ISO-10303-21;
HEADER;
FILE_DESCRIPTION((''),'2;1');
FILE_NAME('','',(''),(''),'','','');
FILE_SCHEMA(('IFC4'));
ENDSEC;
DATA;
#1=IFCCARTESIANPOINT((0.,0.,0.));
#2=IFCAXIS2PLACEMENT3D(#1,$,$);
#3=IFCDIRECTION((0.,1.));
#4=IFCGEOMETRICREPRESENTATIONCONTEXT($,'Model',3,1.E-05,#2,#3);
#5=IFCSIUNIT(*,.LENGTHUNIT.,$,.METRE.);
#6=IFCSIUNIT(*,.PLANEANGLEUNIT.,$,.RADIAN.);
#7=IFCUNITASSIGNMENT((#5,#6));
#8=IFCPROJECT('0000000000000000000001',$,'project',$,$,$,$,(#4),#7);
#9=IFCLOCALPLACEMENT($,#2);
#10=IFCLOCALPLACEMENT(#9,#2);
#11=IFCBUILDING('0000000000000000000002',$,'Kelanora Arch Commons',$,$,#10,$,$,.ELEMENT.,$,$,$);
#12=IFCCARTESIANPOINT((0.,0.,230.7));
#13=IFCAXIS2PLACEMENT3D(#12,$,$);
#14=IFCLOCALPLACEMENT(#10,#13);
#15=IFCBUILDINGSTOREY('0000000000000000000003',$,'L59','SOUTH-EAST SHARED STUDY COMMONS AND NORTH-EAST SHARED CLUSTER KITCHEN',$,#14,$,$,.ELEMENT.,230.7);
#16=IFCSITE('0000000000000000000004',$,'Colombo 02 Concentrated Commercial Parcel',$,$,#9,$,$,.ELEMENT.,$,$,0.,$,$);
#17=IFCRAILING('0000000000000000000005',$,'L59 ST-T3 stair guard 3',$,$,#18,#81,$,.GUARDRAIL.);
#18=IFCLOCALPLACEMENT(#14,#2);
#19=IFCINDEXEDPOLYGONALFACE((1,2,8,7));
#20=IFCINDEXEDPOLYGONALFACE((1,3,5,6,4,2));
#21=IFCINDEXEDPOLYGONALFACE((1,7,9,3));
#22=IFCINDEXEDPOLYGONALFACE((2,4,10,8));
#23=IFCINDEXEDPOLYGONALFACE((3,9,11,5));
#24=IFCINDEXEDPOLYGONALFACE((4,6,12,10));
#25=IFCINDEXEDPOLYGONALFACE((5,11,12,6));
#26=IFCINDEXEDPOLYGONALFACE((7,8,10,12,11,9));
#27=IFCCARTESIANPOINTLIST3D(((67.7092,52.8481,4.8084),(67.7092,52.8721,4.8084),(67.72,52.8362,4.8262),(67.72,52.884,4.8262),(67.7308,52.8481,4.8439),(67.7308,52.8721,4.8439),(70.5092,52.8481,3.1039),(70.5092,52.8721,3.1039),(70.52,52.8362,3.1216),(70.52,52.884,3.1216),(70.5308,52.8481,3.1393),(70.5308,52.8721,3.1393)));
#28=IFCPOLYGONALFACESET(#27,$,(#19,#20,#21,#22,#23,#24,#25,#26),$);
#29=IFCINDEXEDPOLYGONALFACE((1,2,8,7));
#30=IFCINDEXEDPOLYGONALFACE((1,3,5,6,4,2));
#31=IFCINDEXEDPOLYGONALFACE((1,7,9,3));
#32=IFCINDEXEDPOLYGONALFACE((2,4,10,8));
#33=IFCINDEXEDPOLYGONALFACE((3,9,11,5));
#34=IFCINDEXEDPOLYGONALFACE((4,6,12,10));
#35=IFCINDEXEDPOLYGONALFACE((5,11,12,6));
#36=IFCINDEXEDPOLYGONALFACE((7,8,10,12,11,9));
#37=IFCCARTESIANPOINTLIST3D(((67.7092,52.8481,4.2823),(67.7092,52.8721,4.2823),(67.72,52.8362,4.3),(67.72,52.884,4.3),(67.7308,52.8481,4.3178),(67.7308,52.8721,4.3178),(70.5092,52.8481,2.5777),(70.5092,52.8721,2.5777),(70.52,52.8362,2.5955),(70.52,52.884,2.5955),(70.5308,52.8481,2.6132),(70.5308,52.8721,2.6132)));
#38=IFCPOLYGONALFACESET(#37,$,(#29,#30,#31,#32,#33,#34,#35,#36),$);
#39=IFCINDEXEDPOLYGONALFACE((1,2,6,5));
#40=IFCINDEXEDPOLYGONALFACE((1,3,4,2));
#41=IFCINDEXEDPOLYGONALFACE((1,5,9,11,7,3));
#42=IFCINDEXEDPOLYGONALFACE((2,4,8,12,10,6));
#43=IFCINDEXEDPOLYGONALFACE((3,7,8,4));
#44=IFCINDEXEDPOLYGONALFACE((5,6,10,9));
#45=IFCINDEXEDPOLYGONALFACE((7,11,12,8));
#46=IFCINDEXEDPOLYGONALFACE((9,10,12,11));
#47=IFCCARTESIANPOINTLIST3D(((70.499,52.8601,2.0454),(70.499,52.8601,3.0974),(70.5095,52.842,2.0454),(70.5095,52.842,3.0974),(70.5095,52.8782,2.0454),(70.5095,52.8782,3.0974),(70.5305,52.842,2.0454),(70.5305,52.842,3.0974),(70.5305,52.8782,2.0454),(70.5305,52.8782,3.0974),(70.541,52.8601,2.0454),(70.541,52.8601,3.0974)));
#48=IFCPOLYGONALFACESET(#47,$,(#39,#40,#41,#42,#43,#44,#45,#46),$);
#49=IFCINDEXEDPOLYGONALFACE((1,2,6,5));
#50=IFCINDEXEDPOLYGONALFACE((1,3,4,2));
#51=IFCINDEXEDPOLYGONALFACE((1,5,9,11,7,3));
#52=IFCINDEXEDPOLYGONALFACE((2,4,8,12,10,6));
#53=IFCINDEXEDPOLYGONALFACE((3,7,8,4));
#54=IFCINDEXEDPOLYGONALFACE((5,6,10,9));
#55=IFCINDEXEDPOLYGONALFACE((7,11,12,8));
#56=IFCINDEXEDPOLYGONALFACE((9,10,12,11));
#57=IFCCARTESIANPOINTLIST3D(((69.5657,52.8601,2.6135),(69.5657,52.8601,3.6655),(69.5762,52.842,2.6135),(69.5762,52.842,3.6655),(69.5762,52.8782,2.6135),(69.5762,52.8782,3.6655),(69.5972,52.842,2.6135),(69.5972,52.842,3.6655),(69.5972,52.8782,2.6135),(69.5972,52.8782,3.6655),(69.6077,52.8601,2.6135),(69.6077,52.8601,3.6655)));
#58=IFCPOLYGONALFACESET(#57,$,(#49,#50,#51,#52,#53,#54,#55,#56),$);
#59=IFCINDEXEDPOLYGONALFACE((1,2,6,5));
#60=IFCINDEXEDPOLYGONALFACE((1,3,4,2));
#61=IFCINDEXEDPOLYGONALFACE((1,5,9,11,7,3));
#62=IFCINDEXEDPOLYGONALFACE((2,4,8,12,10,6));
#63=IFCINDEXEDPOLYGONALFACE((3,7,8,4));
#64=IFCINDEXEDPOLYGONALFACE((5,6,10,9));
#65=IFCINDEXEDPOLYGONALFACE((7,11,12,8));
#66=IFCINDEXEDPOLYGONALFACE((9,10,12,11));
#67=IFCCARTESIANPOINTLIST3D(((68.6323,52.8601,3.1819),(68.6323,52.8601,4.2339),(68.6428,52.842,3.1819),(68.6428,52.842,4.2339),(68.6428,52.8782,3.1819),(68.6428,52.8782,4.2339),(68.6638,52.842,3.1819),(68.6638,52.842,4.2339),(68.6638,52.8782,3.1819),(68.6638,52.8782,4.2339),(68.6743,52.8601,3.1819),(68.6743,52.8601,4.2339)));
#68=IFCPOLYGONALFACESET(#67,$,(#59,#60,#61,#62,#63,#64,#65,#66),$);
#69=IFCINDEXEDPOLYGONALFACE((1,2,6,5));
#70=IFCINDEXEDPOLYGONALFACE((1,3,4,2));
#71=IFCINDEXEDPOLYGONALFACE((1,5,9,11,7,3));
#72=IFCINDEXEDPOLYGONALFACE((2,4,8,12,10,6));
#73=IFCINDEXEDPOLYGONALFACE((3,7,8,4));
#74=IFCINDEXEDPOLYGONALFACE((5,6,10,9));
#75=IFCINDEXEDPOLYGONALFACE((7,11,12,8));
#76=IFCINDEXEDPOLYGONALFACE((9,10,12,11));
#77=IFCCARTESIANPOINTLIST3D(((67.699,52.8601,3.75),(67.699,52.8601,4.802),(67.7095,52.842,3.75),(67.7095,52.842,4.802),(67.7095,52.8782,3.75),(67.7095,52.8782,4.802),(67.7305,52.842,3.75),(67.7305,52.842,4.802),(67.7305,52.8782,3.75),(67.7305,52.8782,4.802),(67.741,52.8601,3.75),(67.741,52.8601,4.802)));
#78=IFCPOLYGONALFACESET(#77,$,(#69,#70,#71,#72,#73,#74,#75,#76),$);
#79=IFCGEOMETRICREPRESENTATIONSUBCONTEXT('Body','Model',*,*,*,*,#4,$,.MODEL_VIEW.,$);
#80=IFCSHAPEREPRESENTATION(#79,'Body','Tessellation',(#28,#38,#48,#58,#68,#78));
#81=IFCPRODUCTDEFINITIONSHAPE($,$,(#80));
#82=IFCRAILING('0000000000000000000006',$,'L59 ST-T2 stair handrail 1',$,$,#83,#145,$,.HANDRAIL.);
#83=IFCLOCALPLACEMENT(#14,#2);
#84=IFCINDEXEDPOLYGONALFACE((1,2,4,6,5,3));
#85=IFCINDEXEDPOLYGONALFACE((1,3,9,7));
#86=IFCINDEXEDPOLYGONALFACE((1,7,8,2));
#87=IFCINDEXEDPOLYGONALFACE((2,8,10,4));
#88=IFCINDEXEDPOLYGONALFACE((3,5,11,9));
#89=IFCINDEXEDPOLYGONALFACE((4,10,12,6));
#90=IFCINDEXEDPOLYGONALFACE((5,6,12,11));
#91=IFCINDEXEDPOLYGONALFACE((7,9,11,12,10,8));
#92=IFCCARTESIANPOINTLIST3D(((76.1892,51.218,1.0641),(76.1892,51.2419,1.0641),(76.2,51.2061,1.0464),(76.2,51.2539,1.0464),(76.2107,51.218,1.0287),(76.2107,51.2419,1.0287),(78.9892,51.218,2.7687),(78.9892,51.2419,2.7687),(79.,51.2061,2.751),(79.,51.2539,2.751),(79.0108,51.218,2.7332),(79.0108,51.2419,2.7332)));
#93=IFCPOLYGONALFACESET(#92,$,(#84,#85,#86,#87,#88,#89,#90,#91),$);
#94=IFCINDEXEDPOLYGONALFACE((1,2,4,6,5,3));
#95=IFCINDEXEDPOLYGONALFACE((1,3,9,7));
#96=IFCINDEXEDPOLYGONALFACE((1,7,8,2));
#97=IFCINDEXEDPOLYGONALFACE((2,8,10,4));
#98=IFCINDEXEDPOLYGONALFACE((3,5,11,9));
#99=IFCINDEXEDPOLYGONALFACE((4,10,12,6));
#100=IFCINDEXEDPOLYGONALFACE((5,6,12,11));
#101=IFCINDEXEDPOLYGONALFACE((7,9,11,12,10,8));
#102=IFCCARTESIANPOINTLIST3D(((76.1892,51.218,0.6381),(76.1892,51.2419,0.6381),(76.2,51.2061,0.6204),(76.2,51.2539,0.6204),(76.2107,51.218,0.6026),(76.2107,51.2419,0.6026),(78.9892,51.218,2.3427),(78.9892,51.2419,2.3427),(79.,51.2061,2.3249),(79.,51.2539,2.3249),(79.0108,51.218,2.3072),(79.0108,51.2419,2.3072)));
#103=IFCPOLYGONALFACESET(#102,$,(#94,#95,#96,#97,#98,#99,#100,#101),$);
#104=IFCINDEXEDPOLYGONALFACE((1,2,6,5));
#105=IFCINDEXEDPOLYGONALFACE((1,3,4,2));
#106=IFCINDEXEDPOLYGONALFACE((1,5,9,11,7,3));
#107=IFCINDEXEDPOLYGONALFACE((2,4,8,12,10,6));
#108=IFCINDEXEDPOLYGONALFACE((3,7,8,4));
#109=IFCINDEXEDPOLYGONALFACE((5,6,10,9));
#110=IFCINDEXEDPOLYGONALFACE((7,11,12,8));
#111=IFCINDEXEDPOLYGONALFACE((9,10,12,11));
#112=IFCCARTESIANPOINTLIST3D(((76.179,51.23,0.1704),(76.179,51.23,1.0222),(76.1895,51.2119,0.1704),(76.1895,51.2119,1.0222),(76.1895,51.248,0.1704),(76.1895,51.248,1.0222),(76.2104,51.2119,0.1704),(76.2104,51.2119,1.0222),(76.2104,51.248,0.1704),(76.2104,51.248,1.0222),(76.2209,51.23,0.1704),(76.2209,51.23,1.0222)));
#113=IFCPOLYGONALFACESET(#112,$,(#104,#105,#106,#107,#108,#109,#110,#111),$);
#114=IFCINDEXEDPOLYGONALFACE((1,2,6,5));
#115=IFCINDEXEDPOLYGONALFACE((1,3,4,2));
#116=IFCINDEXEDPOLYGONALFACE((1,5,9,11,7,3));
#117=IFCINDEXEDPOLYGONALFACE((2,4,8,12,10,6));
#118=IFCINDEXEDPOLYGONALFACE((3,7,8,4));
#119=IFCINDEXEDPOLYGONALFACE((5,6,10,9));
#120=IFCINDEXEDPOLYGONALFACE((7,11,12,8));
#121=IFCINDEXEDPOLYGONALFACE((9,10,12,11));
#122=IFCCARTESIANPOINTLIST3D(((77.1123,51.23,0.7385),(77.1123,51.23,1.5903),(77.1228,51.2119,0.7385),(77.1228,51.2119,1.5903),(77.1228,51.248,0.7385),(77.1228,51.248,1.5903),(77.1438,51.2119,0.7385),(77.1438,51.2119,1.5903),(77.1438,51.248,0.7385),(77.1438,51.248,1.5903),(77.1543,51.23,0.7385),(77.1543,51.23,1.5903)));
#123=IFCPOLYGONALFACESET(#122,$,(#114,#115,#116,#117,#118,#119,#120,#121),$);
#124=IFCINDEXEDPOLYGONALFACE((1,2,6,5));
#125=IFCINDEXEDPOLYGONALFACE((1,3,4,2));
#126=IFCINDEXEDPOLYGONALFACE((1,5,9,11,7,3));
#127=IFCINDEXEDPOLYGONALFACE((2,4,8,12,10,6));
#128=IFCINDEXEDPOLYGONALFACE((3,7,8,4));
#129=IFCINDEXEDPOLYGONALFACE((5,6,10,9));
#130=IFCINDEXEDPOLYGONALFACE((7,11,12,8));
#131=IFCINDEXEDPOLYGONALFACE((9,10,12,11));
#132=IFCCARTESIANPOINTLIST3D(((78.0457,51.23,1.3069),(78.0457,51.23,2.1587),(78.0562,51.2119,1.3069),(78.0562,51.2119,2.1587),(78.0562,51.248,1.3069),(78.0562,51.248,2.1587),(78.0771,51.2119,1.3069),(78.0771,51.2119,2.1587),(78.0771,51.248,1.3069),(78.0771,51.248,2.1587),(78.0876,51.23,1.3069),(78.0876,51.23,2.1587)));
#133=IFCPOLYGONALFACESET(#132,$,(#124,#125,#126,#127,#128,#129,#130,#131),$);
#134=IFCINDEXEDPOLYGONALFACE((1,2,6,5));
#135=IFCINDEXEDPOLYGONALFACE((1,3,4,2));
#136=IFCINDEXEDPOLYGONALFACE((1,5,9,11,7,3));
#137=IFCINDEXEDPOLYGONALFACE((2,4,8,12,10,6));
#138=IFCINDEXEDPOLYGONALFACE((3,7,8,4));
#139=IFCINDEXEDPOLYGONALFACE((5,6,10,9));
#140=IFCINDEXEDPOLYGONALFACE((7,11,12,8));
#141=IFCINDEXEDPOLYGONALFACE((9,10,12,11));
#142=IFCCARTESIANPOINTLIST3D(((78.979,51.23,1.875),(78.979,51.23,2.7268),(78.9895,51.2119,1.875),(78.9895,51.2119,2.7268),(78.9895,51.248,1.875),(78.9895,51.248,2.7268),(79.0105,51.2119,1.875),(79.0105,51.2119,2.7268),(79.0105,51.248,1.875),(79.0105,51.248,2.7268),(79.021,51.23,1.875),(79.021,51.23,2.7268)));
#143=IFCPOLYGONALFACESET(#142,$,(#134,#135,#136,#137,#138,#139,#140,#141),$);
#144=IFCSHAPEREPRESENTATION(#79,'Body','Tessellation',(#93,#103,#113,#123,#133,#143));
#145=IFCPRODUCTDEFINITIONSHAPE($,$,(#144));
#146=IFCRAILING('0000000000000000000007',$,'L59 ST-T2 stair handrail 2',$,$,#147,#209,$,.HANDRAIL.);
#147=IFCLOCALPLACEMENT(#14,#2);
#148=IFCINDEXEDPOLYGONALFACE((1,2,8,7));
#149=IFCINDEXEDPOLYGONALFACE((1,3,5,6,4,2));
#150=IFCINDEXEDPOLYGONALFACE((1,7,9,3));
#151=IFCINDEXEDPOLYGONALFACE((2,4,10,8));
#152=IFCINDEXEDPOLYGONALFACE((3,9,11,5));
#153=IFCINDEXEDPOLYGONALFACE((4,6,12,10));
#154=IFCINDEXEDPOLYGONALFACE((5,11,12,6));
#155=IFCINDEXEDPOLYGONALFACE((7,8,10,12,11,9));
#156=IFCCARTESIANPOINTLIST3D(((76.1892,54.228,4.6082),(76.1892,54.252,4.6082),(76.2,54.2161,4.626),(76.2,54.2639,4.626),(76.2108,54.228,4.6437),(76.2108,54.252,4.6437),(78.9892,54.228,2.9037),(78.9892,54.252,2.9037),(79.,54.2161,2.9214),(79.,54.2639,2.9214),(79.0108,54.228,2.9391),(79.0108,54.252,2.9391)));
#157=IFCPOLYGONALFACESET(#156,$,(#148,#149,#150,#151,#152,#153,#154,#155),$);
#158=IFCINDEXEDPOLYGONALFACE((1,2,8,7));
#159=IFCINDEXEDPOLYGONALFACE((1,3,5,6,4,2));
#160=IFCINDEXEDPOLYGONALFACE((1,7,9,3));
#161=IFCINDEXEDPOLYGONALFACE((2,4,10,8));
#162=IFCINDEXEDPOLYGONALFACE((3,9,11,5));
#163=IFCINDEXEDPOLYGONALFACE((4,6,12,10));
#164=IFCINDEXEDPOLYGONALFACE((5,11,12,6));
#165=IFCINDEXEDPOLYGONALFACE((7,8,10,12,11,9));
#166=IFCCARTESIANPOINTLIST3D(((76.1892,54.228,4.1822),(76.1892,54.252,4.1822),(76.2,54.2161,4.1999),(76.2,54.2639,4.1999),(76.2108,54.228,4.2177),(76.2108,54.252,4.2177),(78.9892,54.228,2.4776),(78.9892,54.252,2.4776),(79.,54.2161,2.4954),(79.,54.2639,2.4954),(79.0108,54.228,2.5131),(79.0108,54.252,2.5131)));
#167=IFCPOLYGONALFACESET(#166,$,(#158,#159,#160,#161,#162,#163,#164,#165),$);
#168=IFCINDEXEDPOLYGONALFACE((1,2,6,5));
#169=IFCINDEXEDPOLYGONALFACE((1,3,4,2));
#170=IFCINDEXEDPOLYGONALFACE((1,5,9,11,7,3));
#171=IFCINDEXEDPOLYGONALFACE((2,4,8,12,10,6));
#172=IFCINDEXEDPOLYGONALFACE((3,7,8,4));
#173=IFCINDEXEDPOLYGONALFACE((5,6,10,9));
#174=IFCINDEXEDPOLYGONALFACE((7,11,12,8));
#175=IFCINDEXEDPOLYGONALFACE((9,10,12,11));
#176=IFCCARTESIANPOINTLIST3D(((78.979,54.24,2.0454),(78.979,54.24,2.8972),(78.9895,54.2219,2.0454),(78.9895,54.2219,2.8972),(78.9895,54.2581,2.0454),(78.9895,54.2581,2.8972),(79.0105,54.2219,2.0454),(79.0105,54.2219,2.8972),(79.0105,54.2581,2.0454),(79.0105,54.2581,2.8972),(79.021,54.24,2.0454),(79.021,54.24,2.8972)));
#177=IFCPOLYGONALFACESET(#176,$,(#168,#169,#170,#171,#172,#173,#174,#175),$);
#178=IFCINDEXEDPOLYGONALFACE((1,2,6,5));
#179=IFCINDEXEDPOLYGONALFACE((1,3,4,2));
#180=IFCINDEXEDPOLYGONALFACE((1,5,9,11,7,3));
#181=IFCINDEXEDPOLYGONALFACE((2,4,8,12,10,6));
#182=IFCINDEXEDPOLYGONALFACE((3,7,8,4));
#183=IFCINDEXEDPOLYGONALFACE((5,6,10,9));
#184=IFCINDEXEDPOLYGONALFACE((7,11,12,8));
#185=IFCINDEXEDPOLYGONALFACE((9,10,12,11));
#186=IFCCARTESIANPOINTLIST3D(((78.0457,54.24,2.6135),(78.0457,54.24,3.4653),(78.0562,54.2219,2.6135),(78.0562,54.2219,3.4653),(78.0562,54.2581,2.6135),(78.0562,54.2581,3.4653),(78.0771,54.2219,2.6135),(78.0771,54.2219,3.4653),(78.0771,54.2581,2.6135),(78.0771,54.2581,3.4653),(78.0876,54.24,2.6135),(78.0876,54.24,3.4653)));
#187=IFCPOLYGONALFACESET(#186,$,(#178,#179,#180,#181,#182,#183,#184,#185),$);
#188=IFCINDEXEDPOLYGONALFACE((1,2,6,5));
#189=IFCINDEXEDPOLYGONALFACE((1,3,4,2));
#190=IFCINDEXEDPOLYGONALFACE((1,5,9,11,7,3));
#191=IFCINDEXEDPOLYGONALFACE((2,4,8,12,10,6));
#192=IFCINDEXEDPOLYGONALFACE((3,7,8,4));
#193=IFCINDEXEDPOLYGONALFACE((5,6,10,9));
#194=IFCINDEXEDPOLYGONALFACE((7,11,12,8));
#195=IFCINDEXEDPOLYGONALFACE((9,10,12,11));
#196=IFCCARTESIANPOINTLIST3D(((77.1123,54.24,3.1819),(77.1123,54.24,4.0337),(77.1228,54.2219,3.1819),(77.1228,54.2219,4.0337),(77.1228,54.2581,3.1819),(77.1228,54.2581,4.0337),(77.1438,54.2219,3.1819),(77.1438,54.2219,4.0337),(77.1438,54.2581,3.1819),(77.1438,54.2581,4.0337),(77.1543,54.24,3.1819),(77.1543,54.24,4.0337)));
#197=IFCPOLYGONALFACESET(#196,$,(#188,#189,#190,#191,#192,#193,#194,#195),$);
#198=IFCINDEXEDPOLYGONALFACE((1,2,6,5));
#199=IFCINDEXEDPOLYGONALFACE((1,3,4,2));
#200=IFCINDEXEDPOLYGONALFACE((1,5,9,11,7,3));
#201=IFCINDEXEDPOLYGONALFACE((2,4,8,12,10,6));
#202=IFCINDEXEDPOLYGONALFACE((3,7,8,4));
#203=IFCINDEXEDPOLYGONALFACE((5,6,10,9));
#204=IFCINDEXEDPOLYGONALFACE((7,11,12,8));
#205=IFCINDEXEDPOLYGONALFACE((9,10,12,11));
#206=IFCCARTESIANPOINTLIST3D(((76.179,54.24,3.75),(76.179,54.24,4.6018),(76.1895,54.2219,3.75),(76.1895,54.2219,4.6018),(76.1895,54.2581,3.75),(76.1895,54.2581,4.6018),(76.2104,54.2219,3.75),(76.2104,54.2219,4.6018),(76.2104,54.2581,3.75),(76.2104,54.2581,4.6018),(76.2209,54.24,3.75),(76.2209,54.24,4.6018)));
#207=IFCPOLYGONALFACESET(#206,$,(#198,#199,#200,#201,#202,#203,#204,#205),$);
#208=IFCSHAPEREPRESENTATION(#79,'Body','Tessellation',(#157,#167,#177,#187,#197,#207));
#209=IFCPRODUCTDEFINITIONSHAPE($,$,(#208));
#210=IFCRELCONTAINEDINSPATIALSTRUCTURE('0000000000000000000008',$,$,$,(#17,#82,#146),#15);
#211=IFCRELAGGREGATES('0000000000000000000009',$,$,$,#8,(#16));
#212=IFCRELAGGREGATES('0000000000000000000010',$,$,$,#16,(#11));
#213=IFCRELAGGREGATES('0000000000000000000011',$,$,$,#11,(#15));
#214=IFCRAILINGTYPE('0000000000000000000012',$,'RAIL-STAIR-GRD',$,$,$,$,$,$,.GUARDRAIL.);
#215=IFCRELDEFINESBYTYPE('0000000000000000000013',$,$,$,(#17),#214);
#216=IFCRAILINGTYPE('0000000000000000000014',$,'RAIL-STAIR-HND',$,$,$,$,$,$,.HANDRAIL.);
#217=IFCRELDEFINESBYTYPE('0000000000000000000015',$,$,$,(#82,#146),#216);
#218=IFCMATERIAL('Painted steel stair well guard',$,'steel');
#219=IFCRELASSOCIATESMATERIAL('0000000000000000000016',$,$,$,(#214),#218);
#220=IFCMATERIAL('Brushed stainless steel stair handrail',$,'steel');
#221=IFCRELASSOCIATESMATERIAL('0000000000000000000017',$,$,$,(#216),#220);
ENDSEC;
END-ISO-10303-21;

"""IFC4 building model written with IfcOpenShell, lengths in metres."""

from ifc_helpers import new_model, si_unit, direction, frame, origin, place, context, subcontext, project, spatial, polyline, outline, extrude, material, type_object, element, save


model = new_model("IFC4")

# Units and contexts
model_context = context("Model", 3, precision=1e-05, world=origin(), true_north=direction((0.0, 1.0)))
body_context = subcontext(model_context, "Body", "Model", "MODEL_VIEW")
ifc_project = project(units=[si_unit("LENGTHUNIT", "METRE"), si_unit("PLANEANGLEUNIT", "RADIAN")], contexts=[model_context])

# Site, building, storey
site_placement = place(None, origin())
site = spatial("IfcSite", under=ifc_project, at=site_placement, Name="Colombo 02 Concentrated Commercial Parcel", CompositionType="ELEMENT", RefElevation=0.0)
building_placement = place(site_placement, origin())
building = spatial("IfcBuilding", under=site, at=building_placement, Name="Kelanora Arch Commons", CompositionType="ELEMENT")
storey_placement = place(building_placement, frame((0.0, 0.0, 230.7)))
storey = spatial("IfcBuildingStorey", under=building, at=storey_placement, Name="L59", Description="SOUTH-EAST SHARED STUDY COMMONS AND NORTH-EAST SHARED CLUSTER KITCHEN", CompositionType="ELEMENT", Elevation=230.7)

# Railings
ifc_material_1 = material(Name="Painted steel stair well guard", Category="steel")
railing_type_1 = type_object("IfcRailingType", Name="RAIL-STAIR-GRD", PredefinedType="GUARDRAIL", material=ifc_material_1)
railing_1_placement = place(storey_placement, frame((70.52, 52.8601, 2.0454)))
element("IfcRailing", 1, at=railing_1_placement, inside=storey, type_object=railing_type_1, Name="L59 ST-T3 stair guard 3", PredefinedType="GUARDRAIL", context=body_context, shape_type="SweptSolid", body=[
    extrude(outline(polyline([(0.0239, 0.0), (0.012, 0.0208), (-0.012, 0.0208), (-0.0239, 0.0), (-0.012, -0.0208), (0.012, -0.0208), (0.0239, 0.0)])), frame((0.0, 0.0, 1.0762), z_axis=(-0.85417, 0.0, 0.519994), x_axis=(0.0, -1.0, 0.0)), (0.0, 0.0, 1.0), 3.2781),
    extrude(outline(polyline([(0.0239, 0.0), (0.012, 0.0208), (-0.012, 0.0208), (-0.0239, 0.0), (-0.012, -0.0208), (0.012, -0.0208), (0.0239, 0.0)])), frame((0.0, 0.0, 0.55), z_axis=(-0.85417, 0.0, 0.519994), x_axis=(0.0, -1.0, 0.0)), (0.0, 0.0, 1.0), 3.2781),
    extrude(outline(polyline([(0.021, 0.0), (0.0105, 0.0181), (-0.0105, 0.0181), (-0.021, 0.0), (-0.0105, -0.0181), (0.0105, -0.0181), (0.021, 0.0)])), origin(), (0.0, 0.0, 1.0), 1.052),
    extrude(outline(polyline([(0.021, 0.0), (0.0105, 0.0181), (-0.0105, 0.0181), (-0.021, 0.0), (-0.0105, -0.0181), (0.0105, -0.0181), (0.021, 0.0)])), frame((-0.9333, 0.0, 0.5681)), (0.0, 0.0, 1.0), 1.052),
    extrude(outline(polyline([(0.021, 0.0), (0.0105, 0.0181), (-0.0105, 0.0181), (-0.021, 0.0), (-0.0105, -0.0181), (0.0105, -0.0181), (0.021, 0.0)])), frame((-1.8667, 0.0, 1.1365)), (0.0, 0.0, 1.0), 1.052),
    extrude(outline(polyline([(0.021, 0.0), (0.0105, 0.0181), (-0.0105, 0.0181), (-0.021, 0.0), (-0.0105, -0.0181), (0.0105, -0.0181), (0.021, 0.0)])), frame((-2.8, 0.0, 1.7046)), (0.0, 0.0, 1.0), 1.052),
])
ifc_material_2 = material(Name="Brushed stainless steel stair handrail", Category="steel")
railing_type_2 = type_object("IfcRailingType", Name="RAIL-STAIR-HND", PredefinedType="HANDRAIL", material=ifc_material_2)
railing_2_placement = place(storey_placement, frame((76.2, 51.23, 0.1704)))
element("IfcRailing", 2, at=railing_2_placement, inside=storey, type_object=railing_type_2, Name="L59 ST-T2 stair handrail 1", PredefinedType="HANDRAIL", context=body_context, shape_type="SweptSolid", body=[
    extrude(outline(polyline([(0.0239, 0.0), (0.012, 0.0208), (-0.012, 0.0208), (-0.0239, 0.0), (-0.012, -0.0208), (0.012, -0.0208), (0.0239, 0.0)])), frame((0.0, 0.0, 0.876), z_axis=(0.85417, 0.0, 0.519994), x_axis=(0.0, 1.0, 0.0)), (0.0, 0.0, 1.0), 3.2781),
    extrude(outline(polyline([(0.0239, 0.0), (0.012, 0.0208), (-0.012, 0.0208), (-0.0239, 0.0), (-0.012, -0.0208), (0.012, -0.0208), (0.0239, 0.0)])), frame((0.0, 0.0, 0.45), z_axis=(0.85417, 0.0, 0.519994), x_axis=(0.0, 1.0, 0.0)), (0.0, 0.0, 1.0), 3.2781),
    extrude(outline(polyline([(0.021, 0.0), (0.0105, 0.0181), (-0.0105, 0.0181), (-0.021, 0.0), (-0.0105, -0.0181), (0.0105, -0.0181), (0.021, 0.0)])), origin(), (0.0, 0.0, 1.0), 0.8518),
    extrude(outline(polyline([(0.021, 0.0), (0.0105, 0.0181), (-0.0105, 0.0181), (-0.021, 0.0), (-0.0105, -0.0181), (0.0105, -0.0181), (0.021, 0.0)])), frame((0.9333, 0.0, 0.5681)), (0.0, 0.0, 1.0), 0.8518),
    extrude(outline(polyline([(0.021, 0.0), (0.0105, 0.0181), (-0.0105, 0.0181), (-0.021, 0.0), (-0.0105, -0.0181), (0.0105, -0.0181), (0.021, 0.0)])), frame((1.8667, 0.0, 1.1365)), (0.0, 0.0, 1.0), 0.8518),
    extrude(outline(polyline([(0.021, 0.0), (0.0105, 0.0181), (-0.0105, 0.0181), (-0.021, 0.0), (-0.0105, -0.0181), (0.0105, -0.0181), (0.021, 0.0)])), frame((2.8, 0.0, 1.7046)), (0.0, 0.0, 1.0), 0.8518),
])
railing_3_placement = place(storey_placement, frame((79.0, 54.24, 2.0454)))
element("IfcRailing", 3, at=railing_3_placement, inside=storey, type_object=railing_type_2, Name="L59 ST-T2 stair handrail 2", PredefinedType="HANDRAIL", context=body_context, shape_type="SweptSolid", body=[
    extrude(outline(polyline([(0.0239, 0.0), (0.012, 0.0208), (-0.012, 0.0208), (-0.0239, 0.0), (-0.012, -0.0208), (0.012, -0.0208), (0.0239, 0.0)])), frame((0.0, 0.0, 0.876), z_axis=(-0.85417, 0.0, 0.519994), x_axis=(0.0, -1.0, 0.0)), (0.0, 0.0, 1.0), 3.2781),
    extrude(outline(polyline([(0.0239, 0.0), (0.012, 0.0208), (-0.012, 0.0208), (-0.0239, 0.0), (-0.012, -0.0208), (0.012, -0.0208), (0.0239, 0.0)])), frame((0.0, 0.0, 0.45), z_axis=(-0.85417, 0.0, 0.519994), x_axis=(0.0, -1.0, 0.0)), (0.0, 0.0, 1.0), 3.2781),
    extrude(outline(polyline([(0.021, 0.0), (0.0105, 0.0181), (-0.0105, 0.0181), (-0.021, 0.0), (-0.0105, -0.0181), (0.0105, -0.0181), (0.021, 0.0)])), origin(), (0.0, 0.0, 1.0), 0.8518),
    extrude(outline(polyline([(0.021, 0.0), (0.0105, 0.0181), (-0.0105, 0.0181), (-0.021, 0.0), (-0.0105, -0.0181), (0.0105, -0.0181), (0.021, 0.0)])), frame((-0.9333, 0.0, 0.5681)), (0.0, 0.0, 1.0), 0.8518),
    extrude(outline(polyline([(0.021, 0.0), (0.0105, 0.0181), (-0.0105, 0.0181), (-0.021, 0.0), (-0.0105, -0.0181), (0.0105, -0.0181), (0.021, 0.0)])), frame((-1.8667, 0.0, 1.1365)), (0.0, 0.0, 1.0), 0.8518),
    extrude(outline(polyline([(0.021, 0.0), (0.0105, 0.0181), (-0.0105, 0.0181), (-0.021, 0.0), (-0.0105, -0.0181), (0.0105, -0.0181), (0.021, 0.0)])), frame((-2.8, 0.0, 1.7046)), (0.0, 0.0, 1.0), 0.8518),
])

save(model, "model.ifc")
